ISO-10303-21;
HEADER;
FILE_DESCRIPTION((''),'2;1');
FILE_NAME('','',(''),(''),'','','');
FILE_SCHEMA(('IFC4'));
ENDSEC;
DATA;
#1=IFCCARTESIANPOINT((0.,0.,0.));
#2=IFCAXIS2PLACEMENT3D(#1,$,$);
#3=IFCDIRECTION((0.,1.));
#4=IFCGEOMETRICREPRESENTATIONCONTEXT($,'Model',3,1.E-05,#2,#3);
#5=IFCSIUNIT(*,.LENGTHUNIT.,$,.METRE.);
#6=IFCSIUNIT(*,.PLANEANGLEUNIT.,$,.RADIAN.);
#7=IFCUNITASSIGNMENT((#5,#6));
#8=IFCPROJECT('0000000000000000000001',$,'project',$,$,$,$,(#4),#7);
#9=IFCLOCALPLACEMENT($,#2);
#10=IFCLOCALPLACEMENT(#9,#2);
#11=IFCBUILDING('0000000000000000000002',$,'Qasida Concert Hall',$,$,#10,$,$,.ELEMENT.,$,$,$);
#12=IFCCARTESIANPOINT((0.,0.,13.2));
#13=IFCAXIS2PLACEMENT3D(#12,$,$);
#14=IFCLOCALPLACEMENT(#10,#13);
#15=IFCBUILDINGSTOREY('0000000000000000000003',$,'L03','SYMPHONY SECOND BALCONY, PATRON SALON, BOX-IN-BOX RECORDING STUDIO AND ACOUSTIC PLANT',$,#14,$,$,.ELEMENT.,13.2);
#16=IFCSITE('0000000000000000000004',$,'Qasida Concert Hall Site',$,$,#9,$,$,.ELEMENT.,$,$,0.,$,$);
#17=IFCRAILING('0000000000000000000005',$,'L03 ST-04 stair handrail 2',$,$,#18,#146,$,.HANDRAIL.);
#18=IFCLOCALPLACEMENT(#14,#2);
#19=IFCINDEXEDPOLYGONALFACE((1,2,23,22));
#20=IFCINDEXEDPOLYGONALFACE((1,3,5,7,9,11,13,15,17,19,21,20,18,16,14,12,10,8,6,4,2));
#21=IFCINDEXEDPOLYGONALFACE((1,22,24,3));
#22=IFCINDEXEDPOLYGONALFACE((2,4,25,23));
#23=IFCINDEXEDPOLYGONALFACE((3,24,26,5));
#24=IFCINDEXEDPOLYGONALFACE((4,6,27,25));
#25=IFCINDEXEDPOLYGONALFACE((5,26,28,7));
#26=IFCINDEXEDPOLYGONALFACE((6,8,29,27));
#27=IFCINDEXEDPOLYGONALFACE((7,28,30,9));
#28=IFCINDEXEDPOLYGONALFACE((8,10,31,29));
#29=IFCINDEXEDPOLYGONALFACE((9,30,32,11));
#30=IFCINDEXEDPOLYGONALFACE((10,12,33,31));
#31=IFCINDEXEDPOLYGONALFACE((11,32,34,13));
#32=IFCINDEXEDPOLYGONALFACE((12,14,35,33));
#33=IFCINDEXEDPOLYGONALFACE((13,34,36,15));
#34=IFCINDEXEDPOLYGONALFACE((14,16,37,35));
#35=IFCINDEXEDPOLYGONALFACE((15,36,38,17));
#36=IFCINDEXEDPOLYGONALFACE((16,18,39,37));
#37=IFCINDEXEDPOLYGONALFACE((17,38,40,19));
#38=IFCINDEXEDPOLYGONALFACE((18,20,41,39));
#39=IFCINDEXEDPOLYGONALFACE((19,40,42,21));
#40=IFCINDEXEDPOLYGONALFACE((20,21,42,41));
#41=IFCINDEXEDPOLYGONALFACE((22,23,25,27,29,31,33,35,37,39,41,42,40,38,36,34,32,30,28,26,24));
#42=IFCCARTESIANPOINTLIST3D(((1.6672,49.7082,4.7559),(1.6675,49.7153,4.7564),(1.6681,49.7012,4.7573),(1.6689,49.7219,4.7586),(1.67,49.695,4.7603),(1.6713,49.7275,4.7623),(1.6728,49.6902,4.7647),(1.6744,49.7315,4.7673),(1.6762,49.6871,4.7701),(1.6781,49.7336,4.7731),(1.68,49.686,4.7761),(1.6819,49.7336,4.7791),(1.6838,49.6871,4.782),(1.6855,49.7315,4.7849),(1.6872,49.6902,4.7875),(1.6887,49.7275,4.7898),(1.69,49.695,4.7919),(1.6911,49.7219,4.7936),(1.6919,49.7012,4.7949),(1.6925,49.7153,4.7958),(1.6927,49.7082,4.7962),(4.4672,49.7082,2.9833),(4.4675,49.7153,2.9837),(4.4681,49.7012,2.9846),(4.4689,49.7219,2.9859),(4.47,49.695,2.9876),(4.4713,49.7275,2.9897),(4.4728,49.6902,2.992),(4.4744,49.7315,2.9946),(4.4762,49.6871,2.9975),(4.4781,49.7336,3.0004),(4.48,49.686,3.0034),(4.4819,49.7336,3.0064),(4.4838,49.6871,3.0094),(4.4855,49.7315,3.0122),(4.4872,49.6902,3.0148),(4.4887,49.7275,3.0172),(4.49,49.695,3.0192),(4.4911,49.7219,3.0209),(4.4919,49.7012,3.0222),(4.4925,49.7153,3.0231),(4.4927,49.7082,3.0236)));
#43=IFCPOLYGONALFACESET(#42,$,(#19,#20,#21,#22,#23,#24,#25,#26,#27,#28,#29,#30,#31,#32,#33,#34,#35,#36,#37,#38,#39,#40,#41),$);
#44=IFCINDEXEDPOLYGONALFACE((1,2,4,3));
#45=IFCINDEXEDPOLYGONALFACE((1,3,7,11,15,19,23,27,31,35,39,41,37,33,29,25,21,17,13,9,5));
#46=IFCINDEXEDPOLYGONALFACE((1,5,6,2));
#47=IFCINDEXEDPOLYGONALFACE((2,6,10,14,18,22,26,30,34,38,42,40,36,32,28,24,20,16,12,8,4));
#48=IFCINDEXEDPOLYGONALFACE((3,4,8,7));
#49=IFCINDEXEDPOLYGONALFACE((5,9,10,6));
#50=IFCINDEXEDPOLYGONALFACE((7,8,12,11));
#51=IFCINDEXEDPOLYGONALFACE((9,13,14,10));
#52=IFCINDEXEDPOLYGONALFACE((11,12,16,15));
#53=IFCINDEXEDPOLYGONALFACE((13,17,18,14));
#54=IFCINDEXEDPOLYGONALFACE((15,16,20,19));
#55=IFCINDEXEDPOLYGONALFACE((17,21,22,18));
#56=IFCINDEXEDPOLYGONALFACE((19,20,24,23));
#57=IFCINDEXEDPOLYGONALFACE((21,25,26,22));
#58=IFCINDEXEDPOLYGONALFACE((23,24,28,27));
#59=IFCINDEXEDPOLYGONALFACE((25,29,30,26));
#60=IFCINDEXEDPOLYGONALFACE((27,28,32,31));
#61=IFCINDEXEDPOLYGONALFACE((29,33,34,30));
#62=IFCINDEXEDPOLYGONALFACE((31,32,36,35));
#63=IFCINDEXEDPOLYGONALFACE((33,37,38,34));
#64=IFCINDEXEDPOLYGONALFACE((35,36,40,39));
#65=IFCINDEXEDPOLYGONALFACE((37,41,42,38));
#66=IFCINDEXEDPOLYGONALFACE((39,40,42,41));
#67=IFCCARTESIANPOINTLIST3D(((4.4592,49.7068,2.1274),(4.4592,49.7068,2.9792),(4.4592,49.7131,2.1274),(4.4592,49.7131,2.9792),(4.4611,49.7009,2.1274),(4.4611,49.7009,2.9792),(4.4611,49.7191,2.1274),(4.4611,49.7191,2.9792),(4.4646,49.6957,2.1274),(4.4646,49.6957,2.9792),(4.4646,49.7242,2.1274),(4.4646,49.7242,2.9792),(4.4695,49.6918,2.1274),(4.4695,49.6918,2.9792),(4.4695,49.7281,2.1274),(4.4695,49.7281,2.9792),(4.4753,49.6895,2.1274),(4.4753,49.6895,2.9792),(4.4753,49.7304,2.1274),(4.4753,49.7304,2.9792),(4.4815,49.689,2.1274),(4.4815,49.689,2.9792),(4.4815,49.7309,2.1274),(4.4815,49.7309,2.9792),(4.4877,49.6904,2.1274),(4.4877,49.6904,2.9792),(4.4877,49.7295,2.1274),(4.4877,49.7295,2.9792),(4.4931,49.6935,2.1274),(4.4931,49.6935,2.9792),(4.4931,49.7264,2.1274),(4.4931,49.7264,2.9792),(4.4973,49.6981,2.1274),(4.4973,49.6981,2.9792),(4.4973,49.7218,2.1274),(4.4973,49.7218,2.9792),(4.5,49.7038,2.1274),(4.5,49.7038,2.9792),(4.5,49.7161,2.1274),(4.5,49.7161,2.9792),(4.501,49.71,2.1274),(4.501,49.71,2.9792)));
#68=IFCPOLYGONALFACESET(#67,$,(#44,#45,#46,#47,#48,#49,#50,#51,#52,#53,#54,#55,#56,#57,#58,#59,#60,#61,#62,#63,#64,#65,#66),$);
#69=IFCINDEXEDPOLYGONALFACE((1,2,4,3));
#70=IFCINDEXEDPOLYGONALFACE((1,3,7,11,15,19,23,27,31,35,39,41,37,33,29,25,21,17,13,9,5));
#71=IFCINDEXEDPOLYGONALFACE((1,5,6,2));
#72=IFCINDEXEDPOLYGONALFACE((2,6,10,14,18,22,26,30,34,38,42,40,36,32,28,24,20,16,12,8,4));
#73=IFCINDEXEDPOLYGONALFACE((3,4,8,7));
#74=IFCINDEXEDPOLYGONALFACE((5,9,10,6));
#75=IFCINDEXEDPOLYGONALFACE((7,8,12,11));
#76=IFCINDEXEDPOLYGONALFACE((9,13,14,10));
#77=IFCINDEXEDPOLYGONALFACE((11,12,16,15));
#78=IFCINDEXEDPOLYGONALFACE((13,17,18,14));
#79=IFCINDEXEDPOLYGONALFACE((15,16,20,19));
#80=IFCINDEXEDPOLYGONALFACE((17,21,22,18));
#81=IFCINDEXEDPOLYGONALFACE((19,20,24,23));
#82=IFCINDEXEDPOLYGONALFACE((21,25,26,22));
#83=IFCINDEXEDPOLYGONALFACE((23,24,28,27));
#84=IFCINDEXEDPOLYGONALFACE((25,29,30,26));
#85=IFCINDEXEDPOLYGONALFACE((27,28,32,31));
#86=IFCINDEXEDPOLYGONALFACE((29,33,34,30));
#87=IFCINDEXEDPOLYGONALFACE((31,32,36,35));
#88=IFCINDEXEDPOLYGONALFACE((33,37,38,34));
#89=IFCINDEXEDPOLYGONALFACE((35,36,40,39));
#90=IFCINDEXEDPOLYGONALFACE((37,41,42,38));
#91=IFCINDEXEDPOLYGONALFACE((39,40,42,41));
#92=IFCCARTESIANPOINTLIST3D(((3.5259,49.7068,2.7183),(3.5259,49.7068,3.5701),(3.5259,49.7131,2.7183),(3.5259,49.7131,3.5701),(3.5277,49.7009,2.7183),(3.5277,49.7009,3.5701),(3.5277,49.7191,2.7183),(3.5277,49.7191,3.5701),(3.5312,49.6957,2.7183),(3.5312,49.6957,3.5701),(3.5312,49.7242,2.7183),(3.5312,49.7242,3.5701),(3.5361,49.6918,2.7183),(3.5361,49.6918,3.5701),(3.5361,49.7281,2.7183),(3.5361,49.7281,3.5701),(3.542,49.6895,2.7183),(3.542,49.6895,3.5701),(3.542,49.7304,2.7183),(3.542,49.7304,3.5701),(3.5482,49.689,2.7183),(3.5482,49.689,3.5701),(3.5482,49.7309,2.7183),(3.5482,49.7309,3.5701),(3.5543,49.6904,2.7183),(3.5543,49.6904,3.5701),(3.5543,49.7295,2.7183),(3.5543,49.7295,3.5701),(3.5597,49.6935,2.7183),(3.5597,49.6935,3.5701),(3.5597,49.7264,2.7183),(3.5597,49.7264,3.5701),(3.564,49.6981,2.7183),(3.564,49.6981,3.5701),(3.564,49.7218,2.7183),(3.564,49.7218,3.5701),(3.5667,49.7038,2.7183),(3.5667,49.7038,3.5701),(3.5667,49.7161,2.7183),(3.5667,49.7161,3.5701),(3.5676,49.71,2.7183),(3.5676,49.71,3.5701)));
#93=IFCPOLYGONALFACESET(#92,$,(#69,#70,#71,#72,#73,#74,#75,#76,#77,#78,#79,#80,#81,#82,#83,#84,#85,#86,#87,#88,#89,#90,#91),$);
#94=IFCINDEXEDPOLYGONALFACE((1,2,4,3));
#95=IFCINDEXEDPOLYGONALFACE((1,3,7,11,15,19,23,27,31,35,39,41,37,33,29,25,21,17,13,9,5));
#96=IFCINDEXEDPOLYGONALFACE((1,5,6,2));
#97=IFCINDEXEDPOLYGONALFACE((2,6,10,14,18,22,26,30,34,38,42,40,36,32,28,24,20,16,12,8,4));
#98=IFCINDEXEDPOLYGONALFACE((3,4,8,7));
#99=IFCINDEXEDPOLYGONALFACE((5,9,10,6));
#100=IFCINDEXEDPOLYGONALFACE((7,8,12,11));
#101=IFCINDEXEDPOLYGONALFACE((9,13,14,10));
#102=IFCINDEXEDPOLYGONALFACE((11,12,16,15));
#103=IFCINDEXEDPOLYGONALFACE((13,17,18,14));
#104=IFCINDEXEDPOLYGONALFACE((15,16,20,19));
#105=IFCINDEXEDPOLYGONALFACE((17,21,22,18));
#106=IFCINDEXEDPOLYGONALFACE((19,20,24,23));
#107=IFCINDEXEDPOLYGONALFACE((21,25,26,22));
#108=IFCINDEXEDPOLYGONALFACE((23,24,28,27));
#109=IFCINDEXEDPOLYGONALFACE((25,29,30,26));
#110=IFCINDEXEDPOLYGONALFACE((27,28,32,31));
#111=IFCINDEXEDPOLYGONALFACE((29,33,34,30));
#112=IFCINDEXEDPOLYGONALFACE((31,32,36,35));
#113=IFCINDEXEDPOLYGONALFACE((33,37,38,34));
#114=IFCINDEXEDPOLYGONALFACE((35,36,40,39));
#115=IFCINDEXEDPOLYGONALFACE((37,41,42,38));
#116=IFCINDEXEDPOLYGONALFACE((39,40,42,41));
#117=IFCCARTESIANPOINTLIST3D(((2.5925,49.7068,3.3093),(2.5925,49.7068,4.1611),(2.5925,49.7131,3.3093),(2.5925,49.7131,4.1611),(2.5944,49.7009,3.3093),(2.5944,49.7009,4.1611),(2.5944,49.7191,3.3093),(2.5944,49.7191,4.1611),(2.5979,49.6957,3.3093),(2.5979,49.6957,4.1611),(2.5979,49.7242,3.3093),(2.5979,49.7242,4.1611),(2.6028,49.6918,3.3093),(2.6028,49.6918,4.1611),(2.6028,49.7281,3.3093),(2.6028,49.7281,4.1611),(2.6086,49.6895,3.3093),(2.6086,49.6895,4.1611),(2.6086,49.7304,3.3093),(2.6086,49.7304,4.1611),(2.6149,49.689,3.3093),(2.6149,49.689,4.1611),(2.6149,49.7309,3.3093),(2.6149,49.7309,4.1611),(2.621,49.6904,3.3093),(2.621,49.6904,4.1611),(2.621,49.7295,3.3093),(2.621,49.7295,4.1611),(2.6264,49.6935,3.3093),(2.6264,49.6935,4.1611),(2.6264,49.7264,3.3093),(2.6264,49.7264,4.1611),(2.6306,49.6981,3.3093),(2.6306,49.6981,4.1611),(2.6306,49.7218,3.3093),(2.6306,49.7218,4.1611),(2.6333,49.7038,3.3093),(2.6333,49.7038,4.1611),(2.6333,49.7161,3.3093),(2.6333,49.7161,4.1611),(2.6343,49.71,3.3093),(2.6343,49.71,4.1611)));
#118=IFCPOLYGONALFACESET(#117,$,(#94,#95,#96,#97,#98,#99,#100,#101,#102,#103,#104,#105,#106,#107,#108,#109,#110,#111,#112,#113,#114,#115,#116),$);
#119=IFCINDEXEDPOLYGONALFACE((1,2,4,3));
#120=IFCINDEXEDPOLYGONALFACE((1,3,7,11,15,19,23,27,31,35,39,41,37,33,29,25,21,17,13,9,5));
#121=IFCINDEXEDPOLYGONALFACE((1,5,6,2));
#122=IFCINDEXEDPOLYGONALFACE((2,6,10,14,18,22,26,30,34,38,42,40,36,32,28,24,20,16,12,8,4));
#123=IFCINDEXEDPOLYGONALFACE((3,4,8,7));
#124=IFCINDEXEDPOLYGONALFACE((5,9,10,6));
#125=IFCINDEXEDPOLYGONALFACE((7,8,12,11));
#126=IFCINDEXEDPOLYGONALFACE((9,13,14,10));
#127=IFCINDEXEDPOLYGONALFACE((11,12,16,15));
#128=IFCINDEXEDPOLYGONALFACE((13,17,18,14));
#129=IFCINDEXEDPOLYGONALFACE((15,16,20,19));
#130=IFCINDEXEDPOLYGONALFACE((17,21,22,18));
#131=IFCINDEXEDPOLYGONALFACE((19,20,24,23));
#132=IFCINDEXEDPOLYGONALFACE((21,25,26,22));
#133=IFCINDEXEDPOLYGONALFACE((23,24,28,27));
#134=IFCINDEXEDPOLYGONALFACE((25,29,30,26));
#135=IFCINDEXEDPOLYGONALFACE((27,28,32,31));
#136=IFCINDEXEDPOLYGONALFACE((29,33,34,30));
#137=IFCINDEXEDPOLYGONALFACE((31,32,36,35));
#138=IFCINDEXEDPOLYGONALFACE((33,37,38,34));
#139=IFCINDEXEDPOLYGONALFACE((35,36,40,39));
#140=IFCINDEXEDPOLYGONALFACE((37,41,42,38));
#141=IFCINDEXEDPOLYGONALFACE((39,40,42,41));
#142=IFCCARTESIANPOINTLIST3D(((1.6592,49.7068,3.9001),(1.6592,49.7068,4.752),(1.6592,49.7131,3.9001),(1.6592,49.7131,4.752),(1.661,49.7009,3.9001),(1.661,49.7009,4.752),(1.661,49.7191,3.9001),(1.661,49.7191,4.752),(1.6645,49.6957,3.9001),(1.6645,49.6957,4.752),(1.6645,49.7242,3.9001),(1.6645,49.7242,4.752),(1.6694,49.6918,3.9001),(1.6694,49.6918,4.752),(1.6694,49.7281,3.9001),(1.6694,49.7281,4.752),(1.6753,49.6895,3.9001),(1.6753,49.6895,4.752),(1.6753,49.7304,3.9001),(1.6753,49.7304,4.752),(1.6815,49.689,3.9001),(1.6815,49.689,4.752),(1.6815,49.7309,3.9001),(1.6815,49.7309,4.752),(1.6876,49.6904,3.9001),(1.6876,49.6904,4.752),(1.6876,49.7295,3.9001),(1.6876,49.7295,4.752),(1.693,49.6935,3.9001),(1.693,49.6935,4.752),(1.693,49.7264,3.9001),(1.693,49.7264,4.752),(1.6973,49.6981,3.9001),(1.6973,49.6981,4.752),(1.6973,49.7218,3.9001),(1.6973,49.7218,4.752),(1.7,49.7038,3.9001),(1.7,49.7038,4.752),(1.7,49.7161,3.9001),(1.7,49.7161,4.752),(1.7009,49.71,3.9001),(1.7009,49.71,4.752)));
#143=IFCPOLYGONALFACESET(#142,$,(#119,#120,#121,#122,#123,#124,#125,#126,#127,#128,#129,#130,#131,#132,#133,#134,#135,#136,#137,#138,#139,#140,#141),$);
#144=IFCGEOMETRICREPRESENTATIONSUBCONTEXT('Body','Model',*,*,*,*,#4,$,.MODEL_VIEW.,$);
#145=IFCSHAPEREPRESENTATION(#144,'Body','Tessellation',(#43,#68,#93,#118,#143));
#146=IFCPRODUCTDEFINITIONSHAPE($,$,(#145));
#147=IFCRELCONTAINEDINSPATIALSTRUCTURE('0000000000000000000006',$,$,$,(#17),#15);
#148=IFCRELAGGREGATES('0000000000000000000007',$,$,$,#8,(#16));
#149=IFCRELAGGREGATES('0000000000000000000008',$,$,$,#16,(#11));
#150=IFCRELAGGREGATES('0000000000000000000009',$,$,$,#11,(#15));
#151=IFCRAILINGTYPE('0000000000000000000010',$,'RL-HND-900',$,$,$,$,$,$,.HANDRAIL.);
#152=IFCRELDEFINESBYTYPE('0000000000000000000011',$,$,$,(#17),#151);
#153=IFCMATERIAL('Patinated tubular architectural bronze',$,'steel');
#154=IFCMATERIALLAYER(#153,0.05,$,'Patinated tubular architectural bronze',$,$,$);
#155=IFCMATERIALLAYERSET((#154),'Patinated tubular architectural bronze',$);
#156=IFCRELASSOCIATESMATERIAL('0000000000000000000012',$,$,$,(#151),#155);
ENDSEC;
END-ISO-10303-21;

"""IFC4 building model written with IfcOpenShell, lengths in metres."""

from ifc_helpers import new_model, si_unit, direction, frame, origin, origin_2d, place, context, subcontext, project, spatial, circle, extrude, material, layer, layer_set, type_object, element, save


model = new_model("IFC4")

# Units and contexts
model_context = context("Model", 3, precision=1e-05, world=origin(), true_north=direction((0.0, 1.0)))
body_context = subcontext(model_context, "Body", "Model", "MODEL_VIEW")
ifc_project = project(units=[si_unit("LENGTHUNIT", "METRE"), si_unit("PLANEANGLEUNIT", "RADIAN")], contexts=[model_context])

# Site, building, storey
site_placement = place(None, origin())
site = spatial("IfcSite", under=ifc_project, at=site_placement, Name="Qasida Concert Hall Site", CompositionType="ELEMENT", RefElevation=0.0)
building_placement = place(site_placement, origin())
building = spatial("IfcBuilding", under=site, at=building_placement, Name="Qasida Concert Hall", CompositionType="ELEMENT")
storey_placement = place(building_placement, frame((0.0, 0.0, 13.2)))
storey = spatial("IfcBuildingStorey", under=building, at=storey_placement, Name="L03", Description="SYMPHONY SECOND BALCONY, PATRON SALON, BOX-IN-BOX RECORDING STUDIO AND ACOUSTIC PLANT", CompositionType="ELEMENT", Elevation=13.2)

# Railing
ifc_material_1 = material(Name="Patinated tubular architectural bronze", Category="steel")
ifc_layer_1 = layer(ifc_material_1, 0.05, Name="Patinated tubular architectural bronze")
ifc_layer_set_1 = layer_set([ifc_layer_1], Name="Patinated tubular architectural bronze")
railing_type_1 = type_object("IfcRailingType", Name="RL-HND-900", PredefinedType="HANDRAIL", material=ifc_layer_set_1)
railing_1_placement = place(storey_placement, frame((4.48, 49.71, 2.1274)))
element("IfcRailing", 1, at=railing_1_placement, inside=storey, type_object=railing_type_1, Name="L03 ST-04 stair handrail 2", PredefinedType="HANDRAIL", context=body_context, shape_type="SweptSolid", body=[
    extrude(circle(Radius=0.0239, at=origin_2d()), frame((0.0, 0.0, 0.876), z_axis=(-0.844909, 0.0, 0.53491), x_axis=(0.0, -1.0, 0.0)), (0.0, 0.0, 1.0), 3.314),
    extrude(circle(Radius=0.021, at=origin_2d()), origin(), (0.0, 0.0, 1.0), 0.8518),
    extrude(circle(Radius=0.021, at=origin_2d()), frame((-0.9333, 0.0, 0.5908)), (0.0, 0.0, 1.0), 0.8518),
    extrude(circle(Radius=0.021, at=origin_2d()), frame((-1.8667, 0.0, 1.1819)), (0.0, 0.0, 1.0), 0.8518),
    extrude(circle(Radius=0.021, at=origin_2d()), frame((-2.8, 0.0, 1.7727)), (0.0, 0.0, 1.0), 0.8518),
])

save(model, "model.ifc")
